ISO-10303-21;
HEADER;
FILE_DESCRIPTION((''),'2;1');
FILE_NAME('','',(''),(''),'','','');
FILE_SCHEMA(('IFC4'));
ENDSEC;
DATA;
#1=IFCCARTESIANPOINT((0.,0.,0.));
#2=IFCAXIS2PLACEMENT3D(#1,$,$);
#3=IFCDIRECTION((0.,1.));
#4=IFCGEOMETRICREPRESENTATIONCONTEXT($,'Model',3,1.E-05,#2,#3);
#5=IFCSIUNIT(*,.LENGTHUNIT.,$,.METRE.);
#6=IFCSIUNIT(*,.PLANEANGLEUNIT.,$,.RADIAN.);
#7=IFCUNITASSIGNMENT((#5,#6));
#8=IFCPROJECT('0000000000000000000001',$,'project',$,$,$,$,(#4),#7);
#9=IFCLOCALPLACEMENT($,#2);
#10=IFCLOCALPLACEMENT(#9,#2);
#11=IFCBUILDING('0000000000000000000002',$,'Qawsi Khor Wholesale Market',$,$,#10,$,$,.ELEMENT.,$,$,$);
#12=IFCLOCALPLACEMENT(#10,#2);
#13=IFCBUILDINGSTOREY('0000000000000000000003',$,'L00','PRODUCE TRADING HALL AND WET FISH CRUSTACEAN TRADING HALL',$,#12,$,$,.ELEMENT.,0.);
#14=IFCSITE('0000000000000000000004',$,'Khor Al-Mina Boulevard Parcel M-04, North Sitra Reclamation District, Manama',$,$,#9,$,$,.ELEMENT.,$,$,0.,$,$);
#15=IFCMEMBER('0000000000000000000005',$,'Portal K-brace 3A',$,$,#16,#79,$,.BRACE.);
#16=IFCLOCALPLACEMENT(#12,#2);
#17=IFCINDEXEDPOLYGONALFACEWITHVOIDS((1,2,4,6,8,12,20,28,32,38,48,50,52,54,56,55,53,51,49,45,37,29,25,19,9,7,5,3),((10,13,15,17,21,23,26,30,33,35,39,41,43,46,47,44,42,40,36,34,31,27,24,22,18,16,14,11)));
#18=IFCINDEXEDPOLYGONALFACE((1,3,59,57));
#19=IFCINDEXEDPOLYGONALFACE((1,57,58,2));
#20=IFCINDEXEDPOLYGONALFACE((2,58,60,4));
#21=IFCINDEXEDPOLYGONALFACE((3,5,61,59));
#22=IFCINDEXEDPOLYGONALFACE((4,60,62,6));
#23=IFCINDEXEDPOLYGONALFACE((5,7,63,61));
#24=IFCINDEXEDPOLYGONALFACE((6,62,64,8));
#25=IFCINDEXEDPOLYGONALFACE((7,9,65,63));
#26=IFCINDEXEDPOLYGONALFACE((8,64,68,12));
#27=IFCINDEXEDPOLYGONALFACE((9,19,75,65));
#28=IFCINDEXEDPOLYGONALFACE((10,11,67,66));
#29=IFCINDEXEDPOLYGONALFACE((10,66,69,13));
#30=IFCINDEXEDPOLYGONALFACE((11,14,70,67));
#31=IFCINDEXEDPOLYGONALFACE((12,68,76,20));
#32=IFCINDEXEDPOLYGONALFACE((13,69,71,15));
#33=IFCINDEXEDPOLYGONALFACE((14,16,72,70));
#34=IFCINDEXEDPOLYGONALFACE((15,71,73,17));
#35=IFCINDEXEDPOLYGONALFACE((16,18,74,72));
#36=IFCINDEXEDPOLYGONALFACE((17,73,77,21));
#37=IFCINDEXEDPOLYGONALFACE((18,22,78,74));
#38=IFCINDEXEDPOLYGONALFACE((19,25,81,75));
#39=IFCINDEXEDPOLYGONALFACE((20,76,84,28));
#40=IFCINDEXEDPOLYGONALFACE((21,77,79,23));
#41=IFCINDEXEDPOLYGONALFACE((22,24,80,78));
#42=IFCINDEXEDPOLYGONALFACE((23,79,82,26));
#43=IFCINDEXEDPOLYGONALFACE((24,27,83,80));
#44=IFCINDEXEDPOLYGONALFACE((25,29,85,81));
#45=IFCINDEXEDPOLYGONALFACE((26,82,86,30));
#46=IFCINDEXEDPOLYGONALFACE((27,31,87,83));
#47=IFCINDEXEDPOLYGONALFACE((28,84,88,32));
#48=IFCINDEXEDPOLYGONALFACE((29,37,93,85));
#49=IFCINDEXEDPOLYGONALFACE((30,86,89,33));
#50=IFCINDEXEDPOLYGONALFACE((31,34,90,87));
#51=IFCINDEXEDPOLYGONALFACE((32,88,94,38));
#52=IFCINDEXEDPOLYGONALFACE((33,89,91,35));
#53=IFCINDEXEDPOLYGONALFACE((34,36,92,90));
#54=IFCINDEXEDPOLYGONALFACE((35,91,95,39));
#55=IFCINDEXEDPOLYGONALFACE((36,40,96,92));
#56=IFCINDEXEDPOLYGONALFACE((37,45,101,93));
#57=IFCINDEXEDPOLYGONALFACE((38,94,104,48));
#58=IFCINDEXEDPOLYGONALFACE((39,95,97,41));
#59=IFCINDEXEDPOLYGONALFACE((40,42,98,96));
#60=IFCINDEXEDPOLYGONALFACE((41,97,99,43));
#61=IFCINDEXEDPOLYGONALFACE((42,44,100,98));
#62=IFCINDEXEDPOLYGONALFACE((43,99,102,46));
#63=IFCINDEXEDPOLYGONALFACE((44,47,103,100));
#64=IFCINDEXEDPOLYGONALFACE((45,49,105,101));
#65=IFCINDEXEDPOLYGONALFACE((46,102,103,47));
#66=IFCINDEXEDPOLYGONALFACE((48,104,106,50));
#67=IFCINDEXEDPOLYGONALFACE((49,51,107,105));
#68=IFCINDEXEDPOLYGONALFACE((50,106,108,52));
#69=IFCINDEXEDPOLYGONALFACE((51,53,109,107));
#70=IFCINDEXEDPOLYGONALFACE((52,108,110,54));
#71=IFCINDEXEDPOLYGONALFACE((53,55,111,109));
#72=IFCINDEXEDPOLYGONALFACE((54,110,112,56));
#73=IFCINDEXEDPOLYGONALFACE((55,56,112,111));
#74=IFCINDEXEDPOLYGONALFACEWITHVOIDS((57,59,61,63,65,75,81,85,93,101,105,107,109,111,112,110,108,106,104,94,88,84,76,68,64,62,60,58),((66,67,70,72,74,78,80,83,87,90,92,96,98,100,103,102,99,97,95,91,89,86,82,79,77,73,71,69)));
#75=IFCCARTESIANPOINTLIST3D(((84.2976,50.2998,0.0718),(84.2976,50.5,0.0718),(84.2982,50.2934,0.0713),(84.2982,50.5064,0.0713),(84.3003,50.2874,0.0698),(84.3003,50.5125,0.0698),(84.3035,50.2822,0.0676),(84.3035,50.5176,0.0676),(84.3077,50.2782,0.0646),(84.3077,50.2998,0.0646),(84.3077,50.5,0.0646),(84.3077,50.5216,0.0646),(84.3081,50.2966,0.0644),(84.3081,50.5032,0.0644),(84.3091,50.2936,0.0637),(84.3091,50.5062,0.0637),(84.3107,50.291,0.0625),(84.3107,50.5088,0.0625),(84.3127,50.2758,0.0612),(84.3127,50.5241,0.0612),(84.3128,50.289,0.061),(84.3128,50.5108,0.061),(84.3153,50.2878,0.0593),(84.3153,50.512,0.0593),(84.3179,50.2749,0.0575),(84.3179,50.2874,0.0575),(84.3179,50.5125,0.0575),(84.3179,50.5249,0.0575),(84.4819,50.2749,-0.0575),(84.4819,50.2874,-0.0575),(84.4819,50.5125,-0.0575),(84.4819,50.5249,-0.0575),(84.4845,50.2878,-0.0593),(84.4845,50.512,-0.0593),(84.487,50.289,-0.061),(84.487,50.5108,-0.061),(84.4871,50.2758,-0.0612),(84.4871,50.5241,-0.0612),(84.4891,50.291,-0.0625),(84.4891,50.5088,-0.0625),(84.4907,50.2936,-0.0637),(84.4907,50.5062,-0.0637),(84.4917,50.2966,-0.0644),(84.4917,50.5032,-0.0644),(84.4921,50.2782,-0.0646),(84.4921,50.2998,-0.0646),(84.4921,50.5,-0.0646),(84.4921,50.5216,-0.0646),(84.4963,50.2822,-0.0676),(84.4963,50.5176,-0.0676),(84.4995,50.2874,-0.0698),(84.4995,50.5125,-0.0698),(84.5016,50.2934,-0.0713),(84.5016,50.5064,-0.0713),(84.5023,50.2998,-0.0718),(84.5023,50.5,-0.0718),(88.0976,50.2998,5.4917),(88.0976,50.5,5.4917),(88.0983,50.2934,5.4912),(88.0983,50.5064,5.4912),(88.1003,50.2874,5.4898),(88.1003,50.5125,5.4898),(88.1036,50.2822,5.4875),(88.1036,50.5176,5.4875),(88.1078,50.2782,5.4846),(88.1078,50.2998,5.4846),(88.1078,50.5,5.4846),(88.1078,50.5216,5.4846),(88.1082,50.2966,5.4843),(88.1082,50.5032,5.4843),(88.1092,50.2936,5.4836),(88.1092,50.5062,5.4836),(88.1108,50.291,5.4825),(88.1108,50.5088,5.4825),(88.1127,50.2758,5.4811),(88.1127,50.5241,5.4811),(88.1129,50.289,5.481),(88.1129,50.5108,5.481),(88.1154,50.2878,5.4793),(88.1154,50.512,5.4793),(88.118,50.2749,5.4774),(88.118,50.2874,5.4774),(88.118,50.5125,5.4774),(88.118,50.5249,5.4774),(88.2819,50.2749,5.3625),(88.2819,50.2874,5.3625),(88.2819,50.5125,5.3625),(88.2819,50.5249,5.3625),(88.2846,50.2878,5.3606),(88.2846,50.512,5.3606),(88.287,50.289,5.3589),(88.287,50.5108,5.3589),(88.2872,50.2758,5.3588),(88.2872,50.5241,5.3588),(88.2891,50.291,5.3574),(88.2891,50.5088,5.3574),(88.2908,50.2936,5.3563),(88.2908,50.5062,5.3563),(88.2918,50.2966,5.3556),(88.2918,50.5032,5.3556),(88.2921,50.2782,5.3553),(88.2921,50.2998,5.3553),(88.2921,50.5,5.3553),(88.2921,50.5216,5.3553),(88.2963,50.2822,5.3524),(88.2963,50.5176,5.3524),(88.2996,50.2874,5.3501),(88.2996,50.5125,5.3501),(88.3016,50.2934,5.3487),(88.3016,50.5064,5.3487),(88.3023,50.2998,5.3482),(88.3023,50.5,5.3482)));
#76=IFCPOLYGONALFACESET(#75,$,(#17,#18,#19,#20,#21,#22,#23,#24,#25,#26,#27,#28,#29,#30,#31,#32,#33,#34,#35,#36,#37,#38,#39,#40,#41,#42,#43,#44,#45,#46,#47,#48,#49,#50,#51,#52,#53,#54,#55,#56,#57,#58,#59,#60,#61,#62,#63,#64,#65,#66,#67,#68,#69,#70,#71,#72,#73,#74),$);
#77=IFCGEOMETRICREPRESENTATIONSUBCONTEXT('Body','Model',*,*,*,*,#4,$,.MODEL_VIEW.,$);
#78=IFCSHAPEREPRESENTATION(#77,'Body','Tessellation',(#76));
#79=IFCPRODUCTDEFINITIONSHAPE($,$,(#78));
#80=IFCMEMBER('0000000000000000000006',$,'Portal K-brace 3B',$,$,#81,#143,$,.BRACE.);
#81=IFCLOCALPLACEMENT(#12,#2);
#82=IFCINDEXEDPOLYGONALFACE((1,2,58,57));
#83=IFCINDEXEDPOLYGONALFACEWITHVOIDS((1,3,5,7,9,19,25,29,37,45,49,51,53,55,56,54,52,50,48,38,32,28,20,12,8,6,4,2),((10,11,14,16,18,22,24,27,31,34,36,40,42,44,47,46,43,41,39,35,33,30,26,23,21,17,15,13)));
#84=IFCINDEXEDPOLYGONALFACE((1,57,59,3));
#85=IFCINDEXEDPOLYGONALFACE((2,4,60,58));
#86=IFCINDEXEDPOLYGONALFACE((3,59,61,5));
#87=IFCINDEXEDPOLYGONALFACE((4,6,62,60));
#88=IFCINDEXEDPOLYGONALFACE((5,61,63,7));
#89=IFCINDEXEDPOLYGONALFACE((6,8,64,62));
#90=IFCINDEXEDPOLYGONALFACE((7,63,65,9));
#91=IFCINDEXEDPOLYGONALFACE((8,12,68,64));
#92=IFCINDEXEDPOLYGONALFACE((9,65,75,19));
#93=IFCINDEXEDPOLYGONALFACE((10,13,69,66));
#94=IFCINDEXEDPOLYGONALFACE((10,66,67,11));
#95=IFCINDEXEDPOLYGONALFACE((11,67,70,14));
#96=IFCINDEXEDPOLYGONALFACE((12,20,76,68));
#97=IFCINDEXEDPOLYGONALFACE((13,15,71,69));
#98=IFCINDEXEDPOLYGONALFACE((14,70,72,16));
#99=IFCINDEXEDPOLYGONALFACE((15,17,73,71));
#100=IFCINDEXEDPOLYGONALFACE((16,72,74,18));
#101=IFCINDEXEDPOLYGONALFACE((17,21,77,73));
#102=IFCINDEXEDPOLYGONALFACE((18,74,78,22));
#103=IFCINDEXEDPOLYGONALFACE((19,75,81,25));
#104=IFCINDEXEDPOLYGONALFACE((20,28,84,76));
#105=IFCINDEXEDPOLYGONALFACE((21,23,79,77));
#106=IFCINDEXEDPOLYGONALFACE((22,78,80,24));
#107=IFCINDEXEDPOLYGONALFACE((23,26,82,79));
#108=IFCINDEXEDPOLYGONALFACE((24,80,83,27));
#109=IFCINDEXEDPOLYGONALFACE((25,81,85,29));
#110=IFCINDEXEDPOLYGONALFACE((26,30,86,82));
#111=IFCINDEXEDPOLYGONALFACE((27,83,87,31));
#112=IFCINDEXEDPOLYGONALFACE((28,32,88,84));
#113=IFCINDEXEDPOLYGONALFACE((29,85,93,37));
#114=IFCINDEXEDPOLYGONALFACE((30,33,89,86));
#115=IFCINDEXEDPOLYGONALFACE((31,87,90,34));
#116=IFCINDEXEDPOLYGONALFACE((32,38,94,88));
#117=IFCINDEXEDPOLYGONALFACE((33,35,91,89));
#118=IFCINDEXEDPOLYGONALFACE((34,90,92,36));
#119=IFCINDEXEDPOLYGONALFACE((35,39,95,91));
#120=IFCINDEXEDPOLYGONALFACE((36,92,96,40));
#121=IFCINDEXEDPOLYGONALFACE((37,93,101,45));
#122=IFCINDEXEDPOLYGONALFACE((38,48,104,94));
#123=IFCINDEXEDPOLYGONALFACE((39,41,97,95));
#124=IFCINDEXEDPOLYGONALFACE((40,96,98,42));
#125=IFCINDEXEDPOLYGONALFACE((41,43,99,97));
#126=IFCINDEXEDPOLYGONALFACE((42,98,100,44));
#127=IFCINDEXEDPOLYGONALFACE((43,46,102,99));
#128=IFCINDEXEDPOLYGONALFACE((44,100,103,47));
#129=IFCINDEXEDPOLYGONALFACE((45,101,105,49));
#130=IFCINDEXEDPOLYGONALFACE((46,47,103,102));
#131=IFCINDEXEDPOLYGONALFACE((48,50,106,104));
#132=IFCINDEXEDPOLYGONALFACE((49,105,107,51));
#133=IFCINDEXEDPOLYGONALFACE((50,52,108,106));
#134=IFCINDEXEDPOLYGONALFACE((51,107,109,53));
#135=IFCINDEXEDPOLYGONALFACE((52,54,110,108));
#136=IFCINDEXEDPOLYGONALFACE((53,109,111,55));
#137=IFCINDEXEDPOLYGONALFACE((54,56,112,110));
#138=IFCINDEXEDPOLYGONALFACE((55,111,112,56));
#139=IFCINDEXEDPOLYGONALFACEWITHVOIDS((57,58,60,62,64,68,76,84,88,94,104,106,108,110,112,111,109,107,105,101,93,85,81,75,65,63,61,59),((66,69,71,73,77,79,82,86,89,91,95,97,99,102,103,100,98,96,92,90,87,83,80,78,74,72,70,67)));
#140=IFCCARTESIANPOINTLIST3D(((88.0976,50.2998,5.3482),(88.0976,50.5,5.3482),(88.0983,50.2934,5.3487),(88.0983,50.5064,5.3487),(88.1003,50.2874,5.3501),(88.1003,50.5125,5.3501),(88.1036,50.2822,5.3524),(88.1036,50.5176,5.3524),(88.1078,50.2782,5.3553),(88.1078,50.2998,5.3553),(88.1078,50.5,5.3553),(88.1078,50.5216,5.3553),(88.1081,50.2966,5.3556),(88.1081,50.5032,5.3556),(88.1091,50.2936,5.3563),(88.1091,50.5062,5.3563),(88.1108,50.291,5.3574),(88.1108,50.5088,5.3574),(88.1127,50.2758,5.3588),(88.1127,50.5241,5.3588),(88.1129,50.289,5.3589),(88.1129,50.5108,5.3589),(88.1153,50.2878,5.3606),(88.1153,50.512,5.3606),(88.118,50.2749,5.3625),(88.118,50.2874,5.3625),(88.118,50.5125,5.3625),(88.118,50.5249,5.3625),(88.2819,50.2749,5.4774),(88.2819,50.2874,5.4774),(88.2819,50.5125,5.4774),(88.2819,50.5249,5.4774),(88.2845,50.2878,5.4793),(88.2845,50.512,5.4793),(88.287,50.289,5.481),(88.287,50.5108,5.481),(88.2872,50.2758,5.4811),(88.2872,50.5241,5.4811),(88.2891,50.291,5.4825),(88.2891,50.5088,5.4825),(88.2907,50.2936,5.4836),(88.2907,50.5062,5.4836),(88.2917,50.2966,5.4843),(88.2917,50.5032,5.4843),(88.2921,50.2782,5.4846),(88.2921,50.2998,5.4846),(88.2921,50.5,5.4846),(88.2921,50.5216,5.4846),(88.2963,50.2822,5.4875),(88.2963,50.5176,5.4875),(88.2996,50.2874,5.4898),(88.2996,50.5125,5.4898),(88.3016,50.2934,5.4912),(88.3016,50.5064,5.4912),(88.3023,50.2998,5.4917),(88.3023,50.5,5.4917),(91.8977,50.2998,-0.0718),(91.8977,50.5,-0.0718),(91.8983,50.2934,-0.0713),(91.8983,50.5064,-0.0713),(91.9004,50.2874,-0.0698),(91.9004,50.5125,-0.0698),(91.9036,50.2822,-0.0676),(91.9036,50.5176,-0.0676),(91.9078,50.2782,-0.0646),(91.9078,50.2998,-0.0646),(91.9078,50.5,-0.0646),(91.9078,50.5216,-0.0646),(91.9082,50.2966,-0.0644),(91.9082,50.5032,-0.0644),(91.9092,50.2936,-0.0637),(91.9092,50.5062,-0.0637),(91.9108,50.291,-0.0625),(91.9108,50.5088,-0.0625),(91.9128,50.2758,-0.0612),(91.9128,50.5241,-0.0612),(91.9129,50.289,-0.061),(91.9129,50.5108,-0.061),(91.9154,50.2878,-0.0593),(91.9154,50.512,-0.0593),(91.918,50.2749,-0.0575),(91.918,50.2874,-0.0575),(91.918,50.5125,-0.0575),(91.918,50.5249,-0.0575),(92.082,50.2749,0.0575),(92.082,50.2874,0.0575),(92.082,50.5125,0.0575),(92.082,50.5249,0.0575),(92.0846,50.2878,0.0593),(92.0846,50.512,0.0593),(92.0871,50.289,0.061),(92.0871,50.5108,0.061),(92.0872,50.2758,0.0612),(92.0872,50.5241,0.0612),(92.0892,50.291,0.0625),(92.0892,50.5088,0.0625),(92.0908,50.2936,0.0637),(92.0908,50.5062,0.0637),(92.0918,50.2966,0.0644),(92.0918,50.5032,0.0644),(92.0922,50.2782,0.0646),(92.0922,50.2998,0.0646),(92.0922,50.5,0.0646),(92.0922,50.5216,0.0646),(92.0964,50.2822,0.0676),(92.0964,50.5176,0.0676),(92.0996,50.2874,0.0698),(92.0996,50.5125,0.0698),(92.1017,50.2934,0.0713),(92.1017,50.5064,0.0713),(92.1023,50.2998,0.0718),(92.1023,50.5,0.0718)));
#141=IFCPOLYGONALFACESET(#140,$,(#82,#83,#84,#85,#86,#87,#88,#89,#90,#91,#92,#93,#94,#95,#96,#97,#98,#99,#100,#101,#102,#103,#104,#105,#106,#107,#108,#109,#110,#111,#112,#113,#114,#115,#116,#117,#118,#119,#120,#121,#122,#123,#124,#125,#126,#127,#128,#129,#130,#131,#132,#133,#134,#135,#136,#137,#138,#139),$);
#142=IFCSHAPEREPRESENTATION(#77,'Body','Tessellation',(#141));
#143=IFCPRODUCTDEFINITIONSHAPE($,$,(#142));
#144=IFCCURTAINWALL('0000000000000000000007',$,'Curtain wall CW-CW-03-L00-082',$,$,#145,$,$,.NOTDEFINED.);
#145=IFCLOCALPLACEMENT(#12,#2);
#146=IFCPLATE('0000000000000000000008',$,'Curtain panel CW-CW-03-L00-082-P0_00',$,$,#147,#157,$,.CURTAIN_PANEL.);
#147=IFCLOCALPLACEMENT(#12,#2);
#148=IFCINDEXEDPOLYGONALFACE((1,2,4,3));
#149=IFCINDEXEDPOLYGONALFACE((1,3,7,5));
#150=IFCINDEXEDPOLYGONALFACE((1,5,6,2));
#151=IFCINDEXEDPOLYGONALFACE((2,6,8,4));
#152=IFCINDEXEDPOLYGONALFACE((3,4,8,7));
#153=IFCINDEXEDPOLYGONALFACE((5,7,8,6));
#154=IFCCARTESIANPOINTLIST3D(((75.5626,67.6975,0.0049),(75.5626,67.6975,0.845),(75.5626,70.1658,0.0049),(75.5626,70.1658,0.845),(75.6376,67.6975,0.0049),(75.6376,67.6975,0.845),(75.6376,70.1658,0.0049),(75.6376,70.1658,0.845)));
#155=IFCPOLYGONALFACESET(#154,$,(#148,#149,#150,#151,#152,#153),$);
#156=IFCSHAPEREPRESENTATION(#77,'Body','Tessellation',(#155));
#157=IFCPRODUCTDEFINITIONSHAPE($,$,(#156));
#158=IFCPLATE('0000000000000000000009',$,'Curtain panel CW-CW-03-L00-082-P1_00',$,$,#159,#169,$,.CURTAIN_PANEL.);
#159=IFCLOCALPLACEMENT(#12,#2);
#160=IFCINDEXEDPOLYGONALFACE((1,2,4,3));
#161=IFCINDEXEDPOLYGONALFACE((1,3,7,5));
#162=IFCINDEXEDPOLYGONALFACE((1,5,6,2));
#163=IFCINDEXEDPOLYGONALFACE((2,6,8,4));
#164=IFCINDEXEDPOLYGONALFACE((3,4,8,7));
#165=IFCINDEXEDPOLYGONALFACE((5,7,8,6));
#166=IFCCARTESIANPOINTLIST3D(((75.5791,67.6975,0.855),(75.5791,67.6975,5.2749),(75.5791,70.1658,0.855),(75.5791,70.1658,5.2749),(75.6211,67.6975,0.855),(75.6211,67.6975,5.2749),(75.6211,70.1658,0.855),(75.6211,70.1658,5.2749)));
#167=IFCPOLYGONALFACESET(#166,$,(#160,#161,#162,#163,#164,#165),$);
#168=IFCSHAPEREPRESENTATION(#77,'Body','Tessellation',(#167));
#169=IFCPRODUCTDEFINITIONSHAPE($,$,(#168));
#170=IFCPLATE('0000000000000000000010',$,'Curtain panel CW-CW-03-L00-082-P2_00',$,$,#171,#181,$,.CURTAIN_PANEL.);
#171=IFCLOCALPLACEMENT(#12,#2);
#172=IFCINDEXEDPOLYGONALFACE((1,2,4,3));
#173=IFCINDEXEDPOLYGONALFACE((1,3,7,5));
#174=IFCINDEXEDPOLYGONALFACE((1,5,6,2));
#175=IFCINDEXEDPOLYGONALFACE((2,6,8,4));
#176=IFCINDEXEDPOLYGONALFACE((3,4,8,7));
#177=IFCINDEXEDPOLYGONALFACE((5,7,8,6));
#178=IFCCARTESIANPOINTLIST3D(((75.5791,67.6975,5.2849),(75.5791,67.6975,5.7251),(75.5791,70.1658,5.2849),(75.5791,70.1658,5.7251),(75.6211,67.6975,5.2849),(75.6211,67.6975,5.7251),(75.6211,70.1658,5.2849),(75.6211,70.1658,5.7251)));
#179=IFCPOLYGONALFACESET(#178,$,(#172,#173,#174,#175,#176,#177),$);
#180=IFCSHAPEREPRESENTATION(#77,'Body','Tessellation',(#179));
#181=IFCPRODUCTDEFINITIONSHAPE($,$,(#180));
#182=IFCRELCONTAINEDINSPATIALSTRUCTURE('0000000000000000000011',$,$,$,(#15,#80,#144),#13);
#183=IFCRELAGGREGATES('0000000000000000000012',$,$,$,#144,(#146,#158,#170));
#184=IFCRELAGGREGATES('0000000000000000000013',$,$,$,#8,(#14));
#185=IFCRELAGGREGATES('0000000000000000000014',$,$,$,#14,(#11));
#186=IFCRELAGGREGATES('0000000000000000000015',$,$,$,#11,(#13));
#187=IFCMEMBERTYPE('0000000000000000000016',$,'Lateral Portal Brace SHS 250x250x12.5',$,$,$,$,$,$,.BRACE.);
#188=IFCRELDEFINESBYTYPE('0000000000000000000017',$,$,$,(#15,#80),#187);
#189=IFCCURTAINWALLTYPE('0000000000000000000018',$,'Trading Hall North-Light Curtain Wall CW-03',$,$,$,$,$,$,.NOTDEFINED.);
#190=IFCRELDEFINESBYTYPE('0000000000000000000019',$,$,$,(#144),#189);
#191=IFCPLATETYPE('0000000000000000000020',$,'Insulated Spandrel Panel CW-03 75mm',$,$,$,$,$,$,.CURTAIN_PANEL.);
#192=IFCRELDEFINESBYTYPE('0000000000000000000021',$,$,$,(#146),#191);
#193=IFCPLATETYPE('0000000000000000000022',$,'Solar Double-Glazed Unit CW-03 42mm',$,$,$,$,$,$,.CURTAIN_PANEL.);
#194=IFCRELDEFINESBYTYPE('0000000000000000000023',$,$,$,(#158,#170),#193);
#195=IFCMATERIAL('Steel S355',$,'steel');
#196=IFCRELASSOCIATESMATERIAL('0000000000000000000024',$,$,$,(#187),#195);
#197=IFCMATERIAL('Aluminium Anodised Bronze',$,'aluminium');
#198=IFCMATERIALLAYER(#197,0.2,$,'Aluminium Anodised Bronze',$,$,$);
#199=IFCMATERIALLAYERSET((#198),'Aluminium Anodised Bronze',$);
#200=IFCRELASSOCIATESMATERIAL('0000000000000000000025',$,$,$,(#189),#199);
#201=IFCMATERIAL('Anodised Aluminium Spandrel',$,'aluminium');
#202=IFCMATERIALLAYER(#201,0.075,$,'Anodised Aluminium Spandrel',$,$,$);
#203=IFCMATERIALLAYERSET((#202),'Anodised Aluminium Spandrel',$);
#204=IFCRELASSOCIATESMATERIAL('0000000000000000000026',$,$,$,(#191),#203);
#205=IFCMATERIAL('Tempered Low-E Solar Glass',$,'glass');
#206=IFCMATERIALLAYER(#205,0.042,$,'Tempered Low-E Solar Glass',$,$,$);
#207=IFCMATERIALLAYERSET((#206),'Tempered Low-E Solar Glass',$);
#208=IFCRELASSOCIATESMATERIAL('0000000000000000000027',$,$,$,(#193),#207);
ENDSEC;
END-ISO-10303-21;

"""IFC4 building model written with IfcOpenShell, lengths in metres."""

from ifc_helpers import new_model, si_unit, direction, frame, frame_2d, origin, origin_2d, place, context, subcontext, project, spatial, rectangle, hollow_rectangle, extrude, material, layer, layer_set, material_profile, profile_set, type_object, element, aggregate, save


model = new_model("IFC4")

# Units and contexts
model_context = context("Model", 3, precision=1e-05, world=origin(), true_north=direction((0.0, 1.0)))
body_context = subcontext(model_context, "Body", "Model", "MODEL_VIEW")
ifc_project = project(units=[si_unit("LENGTHUNIT", "METRE"), si_unit("PLANEANGLEUNIT", "RADIAN")], contexts=[model_context])

# Site, building, storey
site_placement = place(None, origin())
site = spatial("IfcSite", under=ifc_project, at=site_placement, Name="Khor Al-Mina Boulevard Parcel M-04, North Sitra Reclamation District, Manama", CompositionType="ELEMENT", RefElevation=0.0)
building_placement = place(site_placement, origin())
building = spatial("IfcBuilding", under=site, at=building_placement, Name="Qawsi Khor Wholesale Market", CompositionType="ELEMENT")
storey_placement = place(building_placement, origin())
storey = spatial("IfcBuildingStorey", under=building, at=storey_placement, Name="L00", Description="PRODUCE TRADING HALL AND WET FISH CRUSTACEAN TRADING HALL", CompositionType="ELEMENT", Elevation=0.0)

# Members
ifc_material_1 = material(Name="Steel S355", Category="steel")
ifc_material_profile_1 = material_profile(ifc_material_1, hollow_rectangle(XDim=0.25, YDim=0.25, WallThickness=0.0125, InnerFilletRadius=0.0125, OuterFilletRadius=0.0249, at=origin_2d()), Name="SHS 250x250x12.5")
ifc_profile_set_1 = profile_set([ifc_material_profile_1], Name="Steel S355")
member_type = type_object("IfcMemberType", Name="Lateral Portal Brace SHS 250x250x12.5", PredefinedType="BRACE", material=ifc_profile_set_1)
for number, where, z_axis, x_axis, name in (
    (1, (84.3999, 50.3999, 0.0), (0.574081, 0.0, 0.818798), (0.0, 1.0, 0.0), "Portal K-brace 3A"),
    (2, (92.0, 50.3999, 0.0), (-0.574081, 0.0, 0.818798), (0.0, -1.0, 0.0), "Portal K-brace 3B"),
):
    element("IfcMember", number, at=place(storey_placement, frame(where, z_axis=z_axis, x_axis=x_axis)), inside=storey, type_object=member_type, Name=name, PredefinedType="BRACE", context=body_context, shape_type="SweptSolid", body=[
        extrude(hollow_rectangle(XDim=0.25, YDim=0.25, WallThickness=0.0125, InnerFilletRadius=0.0125, OuterFilletRadius=0.0249, at=origin_2d()), origin(), (0.0, 0.0, 1.0), 6.6194),
    ])

# Curtain wall, plates
ifc_material_2 = material(Name="Aluminium Anodised Bronze", Category="aluminium")
ifc_layer_1 = layer(ifc_material_2, 0.2, Name="Aluminium Anodised Bronze")
ifc_layer_set_1 = layer_set([ifc_layer_1], Name="Aluminium Anodised Bronze")
curtain_wall_type = type_object("IfcCurtainWallType", Name="Trading Hall North-Light Curtain Wall CW-03", PredefinedType="NOTDEFINED", material=ifc_layer_set_1)
curtain_wall_placement = place(storey_placement, origin())
curtain_wall = element("IfcCurtainWall", 3, at=curtain_wall_placement, inside=storey, type_object=curtain_wall_type, Name="Curtain wall CW-CW-03-L00-082", PredefinedType="NOTDEFINED")
ifc_material_3 = material(Name="Anodised Aluminium Spandrel", Category="aluminium")
ifc_layer_2 = layer(ifc_material_3, 0.075, Name="Anodised Aluminium Spandrel")
ifc_layer_set_2 = layer_set([ifc_layer_2], Name="Anodised Aluminium Spandrel")
plate_type_1 = type_object("IfcPlateType", Name="Insulated Spandrel Panel CW-03 75mm", PredefinedType="CURTAIN_PANEL", material=ifc_layer_set_2)
plate_1_placement = place(storey_placement, frame((75.6001, 67.6975, 0.0049), z_axis=(0.0, 0.0, 1.0), x_axis=(0.0, 1.0, 0.0)))
plate_1 = element("IfcPlate", 4, at=plate_1_placement, type_object=plate_type_1, Name="Curtain panel CW-CW-03-L00-082-P0_00", PredefinedType="CURTAIN_PANEL", context=body_context, shape_type="SweptSolid", body=[
    extrude(rectangle(XDim=2.4683, YDim=0.075, at=frame_2d((1.2341, 0.0))), origin(), (0.0, 0.0, 1.0), 0.8401),
])
ifc_material_4 = material(Name="Tempered Low-E Solar Glass", Category="glass")
ifc_layer_3 = layer(ifc_material_4, 0.042, Name="Tempered Low-E Solar Glass")
ifc_layer_set_3 = layer_set([ifc_layer_3], Name="Tempered Low-E Solar Glass")
plate_type_2 = type_object("IfcPlateType", Name="Solar Double-Glazed Unit CW-03 42mm", PredefinedType="CURTAIN_PANEL", material=ifc_layer_set_3)
plate_2_placement = place(storey_placement, frame((75.6001, 67.6975, 0.855), z_axis=(0.0, 0.0, 1.0), x_axis=(0.0, 1.0, 0.0)))
plate_2 = element("IfcPlate", 5, at=plate_2_placement, type_object=plate_type_2, Name="Curtain panel CW-CW-03-L00-082-P1_00", PredefinedType="CURTAIN_PANEL", context=body_context, shape_type="SweptSolid", body=[
    extrude(rectangle(XDim=2.4683, YDim=0.042, at=frame_2d((1.2341, 0.0))), origin(), (0.0, 0.0, 1.0), 4.4199),
])
plate_3_placement = place(storey_placement, frame((75.6001, 67.6975, 5.2849), z_axis=(0.0, 0.0, 1.0), x_axis=(0.0, 1.0, 0.0)))
plate_3 = element("IfcPlate", 6, at=plate_3_placement, type_object=plate_type_2, Name="Curtain panel CW-CW-03-L00-082-P2_00", PredefinedType="CURTAIN_PANEL", context=body_context, shape_type="SweptSolid", body=[
    extrude(rectangle(XDim=2.4683, YDim=0.042, at=frame_2d((1.2341, 0.0))), origin(), (0.0, 0.0, 1.0), 0.4402),
])
aggregate(curtain_wall, [plate_1, plate_2, plate_3])

save(model, "model.ifc")
